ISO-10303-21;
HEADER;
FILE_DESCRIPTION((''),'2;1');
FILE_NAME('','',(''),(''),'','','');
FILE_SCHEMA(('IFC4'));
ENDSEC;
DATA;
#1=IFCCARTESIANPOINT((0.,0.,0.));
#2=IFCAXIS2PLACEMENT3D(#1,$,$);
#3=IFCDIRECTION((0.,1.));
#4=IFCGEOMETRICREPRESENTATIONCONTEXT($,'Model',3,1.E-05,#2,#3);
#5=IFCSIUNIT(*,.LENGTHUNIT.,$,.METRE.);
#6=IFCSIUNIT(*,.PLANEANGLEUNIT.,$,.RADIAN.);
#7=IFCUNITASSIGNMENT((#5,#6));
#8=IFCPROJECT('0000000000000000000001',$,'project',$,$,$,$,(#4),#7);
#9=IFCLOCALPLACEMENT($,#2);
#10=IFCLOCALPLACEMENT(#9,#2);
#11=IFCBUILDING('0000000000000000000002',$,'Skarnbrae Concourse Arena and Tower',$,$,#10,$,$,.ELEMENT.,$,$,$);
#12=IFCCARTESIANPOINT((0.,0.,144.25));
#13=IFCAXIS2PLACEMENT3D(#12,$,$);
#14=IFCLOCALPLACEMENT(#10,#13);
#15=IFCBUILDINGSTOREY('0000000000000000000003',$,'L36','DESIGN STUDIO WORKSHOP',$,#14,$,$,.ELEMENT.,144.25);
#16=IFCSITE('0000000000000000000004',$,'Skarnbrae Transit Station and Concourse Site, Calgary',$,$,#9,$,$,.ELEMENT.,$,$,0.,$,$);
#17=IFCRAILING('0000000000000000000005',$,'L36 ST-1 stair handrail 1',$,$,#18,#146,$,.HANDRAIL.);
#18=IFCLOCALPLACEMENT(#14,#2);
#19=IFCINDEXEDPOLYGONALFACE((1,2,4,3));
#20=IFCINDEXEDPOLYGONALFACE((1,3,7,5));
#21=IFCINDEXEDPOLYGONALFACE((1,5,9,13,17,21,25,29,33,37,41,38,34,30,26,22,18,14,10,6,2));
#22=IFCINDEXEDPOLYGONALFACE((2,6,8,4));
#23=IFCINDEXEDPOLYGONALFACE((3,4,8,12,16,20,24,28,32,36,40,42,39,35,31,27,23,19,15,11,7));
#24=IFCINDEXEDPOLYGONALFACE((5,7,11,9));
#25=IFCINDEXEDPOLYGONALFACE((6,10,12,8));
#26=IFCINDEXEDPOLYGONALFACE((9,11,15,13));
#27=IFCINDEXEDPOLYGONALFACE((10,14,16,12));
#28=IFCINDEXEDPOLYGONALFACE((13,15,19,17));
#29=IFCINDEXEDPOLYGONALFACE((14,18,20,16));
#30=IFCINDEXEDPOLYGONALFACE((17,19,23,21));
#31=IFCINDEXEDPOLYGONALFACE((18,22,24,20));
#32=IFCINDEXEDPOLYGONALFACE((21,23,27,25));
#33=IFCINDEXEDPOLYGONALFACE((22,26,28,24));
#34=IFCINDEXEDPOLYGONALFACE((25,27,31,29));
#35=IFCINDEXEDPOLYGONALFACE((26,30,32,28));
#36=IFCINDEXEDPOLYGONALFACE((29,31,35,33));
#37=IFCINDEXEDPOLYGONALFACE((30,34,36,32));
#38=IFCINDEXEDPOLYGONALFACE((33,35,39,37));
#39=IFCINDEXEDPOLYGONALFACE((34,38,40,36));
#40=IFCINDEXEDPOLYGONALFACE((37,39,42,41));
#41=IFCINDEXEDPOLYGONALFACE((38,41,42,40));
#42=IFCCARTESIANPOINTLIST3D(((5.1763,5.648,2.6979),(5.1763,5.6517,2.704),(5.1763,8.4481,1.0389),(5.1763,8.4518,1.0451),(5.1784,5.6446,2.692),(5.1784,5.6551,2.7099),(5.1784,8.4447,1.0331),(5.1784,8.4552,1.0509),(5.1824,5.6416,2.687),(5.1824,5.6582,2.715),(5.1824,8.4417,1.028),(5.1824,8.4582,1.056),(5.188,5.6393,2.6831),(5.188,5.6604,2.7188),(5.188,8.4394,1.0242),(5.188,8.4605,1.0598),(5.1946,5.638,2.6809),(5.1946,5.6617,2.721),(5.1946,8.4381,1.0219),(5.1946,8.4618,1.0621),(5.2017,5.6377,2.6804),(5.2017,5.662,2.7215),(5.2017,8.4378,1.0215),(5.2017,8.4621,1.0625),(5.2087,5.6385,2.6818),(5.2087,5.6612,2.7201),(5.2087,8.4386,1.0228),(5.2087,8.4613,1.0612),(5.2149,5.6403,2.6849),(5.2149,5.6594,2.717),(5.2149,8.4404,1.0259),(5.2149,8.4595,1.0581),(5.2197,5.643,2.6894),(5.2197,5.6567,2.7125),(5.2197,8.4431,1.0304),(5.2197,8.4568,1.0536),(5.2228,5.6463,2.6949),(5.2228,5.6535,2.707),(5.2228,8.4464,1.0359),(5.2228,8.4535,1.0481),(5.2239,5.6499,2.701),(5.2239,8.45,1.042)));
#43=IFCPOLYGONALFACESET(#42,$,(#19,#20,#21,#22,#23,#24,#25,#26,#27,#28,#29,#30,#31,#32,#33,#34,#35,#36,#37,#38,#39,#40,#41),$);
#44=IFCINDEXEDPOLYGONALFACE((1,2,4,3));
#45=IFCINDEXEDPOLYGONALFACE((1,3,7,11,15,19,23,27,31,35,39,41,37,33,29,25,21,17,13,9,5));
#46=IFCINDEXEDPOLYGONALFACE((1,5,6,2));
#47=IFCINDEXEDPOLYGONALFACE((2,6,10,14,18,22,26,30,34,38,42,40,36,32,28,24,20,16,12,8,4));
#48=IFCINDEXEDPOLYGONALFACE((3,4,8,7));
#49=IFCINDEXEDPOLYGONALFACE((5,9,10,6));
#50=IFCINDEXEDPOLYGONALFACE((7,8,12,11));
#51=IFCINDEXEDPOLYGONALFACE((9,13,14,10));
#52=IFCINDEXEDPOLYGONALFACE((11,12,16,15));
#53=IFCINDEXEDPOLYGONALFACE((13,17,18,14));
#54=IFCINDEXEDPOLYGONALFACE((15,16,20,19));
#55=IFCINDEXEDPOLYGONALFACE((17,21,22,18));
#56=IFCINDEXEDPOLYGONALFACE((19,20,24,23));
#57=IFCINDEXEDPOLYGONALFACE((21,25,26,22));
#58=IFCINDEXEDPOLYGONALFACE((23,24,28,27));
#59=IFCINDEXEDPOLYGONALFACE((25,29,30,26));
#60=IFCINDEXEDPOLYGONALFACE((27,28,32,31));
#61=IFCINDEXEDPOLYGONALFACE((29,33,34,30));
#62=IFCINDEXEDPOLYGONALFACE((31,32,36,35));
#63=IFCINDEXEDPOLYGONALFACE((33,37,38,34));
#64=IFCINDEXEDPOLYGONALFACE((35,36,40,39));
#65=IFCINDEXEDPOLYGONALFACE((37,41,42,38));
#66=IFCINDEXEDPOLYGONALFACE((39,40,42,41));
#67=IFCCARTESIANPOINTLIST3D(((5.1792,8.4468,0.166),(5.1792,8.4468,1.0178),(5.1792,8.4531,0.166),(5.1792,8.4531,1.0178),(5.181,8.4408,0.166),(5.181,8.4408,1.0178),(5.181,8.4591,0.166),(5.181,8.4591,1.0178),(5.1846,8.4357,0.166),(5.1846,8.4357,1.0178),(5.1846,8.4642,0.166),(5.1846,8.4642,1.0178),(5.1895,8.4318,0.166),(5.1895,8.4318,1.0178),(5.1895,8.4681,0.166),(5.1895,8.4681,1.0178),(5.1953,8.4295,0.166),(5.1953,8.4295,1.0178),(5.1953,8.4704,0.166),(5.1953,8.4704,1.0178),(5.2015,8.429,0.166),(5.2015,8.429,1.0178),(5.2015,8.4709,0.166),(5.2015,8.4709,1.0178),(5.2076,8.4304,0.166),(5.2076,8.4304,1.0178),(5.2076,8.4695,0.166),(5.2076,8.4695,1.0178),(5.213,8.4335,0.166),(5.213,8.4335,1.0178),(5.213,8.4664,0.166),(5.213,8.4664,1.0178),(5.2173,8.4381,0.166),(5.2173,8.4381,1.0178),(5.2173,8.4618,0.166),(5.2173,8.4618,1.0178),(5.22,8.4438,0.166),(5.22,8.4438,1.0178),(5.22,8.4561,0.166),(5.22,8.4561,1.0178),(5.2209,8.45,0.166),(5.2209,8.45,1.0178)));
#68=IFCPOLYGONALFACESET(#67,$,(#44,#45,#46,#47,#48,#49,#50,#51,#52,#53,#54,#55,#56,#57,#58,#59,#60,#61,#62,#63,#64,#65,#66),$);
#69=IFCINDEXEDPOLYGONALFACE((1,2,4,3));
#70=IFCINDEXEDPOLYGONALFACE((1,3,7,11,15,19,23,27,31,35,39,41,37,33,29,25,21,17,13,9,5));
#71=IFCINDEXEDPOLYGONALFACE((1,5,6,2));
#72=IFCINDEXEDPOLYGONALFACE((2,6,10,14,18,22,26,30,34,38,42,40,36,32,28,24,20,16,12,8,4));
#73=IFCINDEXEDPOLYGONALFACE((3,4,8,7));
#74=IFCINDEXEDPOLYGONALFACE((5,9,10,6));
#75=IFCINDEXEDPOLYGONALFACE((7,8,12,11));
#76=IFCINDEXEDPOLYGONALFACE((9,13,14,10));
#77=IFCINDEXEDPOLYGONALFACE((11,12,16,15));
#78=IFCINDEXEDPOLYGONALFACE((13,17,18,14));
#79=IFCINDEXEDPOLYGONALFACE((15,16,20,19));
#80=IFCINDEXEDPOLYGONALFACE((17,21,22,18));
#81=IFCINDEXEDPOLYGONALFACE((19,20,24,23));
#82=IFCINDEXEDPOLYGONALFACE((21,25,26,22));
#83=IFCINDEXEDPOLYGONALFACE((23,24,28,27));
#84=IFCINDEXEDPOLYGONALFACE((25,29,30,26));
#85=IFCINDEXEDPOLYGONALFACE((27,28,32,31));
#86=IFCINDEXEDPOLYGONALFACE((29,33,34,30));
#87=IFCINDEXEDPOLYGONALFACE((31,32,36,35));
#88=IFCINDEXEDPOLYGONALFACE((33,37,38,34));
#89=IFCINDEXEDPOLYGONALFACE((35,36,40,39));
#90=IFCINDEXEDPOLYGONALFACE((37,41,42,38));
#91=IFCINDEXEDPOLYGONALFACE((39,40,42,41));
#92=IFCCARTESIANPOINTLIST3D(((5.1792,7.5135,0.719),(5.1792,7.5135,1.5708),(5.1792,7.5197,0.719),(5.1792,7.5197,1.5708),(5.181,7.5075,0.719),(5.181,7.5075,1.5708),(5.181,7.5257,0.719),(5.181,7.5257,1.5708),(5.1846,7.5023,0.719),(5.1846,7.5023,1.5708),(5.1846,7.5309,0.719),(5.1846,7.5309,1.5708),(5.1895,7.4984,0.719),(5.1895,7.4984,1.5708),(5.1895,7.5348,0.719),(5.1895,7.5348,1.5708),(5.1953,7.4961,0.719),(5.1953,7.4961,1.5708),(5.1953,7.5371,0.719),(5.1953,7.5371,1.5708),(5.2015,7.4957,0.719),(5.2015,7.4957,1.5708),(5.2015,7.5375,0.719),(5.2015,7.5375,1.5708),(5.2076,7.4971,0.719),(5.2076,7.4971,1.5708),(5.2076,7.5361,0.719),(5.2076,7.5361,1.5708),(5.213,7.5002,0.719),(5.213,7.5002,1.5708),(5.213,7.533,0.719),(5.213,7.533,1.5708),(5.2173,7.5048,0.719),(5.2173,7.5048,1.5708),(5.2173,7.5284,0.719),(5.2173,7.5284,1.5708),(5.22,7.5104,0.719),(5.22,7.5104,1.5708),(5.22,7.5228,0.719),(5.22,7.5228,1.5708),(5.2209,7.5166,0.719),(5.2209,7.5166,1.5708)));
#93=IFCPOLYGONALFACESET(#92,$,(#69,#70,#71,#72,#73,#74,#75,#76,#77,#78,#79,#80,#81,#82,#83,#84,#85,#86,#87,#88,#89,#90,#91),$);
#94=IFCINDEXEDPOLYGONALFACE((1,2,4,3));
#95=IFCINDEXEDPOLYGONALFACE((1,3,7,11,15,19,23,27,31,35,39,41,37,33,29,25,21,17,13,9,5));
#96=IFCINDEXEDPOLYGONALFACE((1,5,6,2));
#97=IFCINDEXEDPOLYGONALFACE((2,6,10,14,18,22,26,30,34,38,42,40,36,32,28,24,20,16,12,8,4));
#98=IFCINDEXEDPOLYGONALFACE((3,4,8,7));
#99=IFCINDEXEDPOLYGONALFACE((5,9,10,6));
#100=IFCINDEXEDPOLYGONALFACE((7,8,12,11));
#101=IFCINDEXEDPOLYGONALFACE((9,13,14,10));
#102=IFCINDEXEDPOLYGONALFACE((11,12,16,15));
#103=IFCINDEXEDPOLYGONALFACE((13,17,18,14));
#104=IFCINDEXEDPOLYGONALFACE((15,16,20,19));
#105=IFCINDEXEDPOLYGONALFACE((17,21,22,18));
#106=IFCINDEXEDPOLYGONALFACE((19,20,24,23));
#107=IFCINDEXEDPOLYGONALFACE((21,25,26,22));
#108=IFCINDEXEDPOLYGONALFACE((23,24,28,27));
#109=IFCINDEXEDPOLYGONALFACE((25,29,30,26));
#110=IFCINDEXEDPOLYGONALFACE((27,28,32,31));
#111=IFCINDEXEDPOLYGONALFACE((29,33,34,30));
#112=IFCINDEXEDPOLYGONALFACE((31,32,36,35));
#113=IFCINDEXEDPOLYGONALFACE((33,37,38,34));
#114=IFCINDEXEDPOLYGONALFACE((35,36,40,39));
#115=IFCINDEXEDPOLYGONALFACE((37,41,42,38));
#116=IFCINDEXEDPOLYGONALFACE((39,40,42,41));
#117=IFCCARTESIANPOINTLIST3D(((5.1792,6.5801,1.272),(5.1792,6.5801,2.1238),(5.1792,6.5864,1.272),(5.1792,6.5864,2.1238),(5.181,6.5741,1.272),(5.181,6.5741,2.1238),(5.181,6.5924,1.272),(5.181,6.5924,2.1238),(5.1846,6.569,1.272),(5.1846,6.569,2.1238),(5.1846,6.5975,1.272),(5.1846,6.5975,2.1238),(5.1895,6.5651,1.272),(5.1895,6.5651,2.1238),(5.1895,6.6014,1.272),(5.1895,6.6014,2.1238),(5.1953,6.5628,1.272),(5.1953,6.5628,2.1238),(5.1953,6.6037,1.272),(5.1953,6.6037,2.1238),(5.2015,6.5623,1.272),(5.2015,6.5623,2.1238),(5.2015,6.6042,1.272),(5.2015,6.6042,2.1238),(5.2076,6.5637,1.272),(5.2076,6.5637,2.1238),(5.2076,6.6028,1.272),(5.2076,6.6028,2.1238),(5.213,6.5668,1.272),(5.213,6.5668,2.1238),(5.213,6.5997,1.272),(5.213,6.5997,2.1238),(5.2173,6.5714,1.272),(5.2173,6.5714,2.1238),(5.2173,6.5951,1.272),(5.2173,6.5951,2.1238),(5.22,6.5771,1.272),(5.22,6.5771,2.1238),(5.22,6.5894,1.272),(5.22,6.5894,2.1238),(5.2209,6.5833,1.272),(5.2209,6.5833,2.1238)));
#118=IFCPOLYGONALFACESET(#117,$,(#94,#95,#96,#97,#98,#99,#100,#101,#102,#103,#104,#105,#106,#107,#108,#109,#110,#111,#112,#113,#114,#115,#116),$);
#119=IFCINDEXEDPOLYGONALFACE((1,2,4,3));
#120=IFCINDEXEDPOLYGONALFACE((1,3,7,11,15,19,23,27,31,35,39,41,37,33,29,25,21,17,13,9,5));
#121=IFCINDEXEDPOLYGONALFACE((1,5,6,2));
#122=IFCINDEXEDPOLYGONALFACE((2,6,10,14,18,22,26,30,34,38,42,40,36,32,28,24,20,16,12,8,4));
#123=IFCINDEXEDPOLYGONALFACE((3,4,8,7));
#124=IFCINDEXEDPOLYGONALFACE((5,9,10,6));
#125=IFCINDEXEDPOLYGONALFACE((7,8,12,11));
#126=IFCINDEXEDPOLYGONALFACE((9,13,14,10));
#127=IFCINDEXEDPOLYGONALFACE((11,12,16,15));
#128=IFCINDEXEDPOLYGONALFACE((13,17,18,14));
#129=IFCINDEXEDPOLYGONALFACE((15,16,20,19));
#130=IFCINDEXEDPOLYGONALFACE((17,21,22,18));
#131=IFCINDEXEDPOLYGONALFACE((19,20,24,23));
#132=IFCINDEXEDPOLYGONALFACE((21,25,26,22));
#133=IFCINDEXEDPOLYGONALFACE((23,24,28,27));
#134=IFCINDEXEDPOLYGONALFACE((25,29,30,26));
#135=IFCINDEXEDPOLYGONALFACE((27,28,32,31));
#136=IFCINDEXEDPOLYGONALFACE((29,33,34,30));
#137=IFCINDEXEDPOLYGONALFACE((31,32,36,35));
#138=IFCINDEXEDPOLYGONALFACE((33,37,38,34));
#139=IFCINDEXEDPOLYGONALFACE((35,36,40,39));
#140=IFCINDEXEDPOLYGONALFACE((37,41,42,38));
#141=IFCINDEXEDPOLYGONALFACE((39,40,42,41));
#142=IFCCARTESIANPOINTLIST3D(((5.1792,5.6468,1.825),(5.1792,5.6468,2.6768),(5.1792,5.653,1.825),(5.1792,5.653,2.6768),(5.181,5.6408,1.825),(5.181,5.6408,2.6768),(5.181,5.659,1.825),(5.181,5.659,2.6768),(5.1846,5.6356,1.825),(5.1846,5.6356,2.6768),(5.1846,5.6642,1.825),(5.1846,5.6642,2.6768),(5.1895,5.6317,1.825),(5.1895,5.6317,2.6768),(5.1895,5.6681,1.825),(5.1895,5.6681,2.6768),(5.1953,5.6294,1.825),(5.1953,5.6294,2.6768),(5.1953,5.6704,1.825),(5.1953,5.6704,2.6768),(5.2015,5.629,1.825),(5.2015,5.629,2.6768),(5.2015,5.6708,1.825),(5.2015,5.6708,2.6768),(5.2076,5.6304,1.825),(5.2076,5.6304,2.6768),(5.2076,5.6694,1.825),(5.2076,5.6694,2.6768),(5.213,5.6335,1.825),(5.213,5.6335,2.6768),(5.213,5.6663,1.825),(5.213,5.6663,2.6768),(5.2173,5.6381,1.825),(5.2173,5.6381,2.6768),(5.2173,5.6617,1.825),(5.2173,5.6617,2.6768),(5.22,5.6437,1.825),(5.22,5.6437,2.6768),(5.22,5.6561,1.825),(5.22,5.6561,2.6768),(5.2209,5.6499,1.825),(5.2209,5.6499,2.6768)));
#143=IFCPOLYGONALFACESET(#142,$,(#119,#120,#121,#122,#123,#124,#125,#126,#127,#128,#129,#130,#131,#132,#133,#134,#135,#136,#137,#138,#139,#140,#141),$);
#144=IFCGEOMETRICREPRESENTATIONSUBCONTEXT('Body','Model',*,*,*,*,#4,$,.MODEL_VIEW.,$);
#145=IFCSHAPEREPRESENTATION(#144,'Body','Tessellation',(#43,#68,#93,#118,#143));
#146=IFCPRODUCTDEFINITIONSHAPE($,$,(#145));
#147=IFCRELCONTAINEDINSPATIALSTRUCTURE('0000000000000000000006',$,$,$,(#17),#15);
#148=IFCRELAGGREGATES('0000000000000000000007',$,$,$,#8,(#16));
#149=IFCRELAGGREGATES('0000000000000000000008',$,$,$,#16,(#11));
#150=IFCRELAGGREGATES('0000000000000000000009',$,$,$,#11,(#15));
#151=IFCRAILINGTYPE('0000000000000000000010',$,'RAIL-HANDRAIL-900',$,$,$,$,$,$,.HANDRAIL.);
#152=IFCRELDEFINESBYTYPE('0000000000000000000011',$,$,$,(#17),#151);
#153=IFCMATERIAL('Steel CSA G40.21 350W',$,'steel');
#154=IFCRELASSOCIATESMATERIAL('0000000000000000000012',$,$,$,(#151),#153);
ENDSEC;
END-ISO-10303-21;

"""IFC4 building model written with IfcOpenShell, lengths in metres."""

from ifc_helpers import new_model, si_unit, direction, frame, origin, origin_2d, place, context, subcontext, project, spatial, circle, extrude, material, type_object, element, save


model = new_model("IFC4")

# Units and contexts
model_context = context("Model", 3, precision=1e-05, world=origin(), true_north=direction((0.0, 1.0)))
body_context = subcontext(model_context, "Body", "Model", "MODEL_VIEW")
ifc_project = project(units=[si_unit("LENGTHUNIT", "METRE"), si_unit("PLANEANGLEUNIT", "RADIAN")], contexts=[model_context])

# Site, building, storey
site_placement = place(None, origin())
site = spatial("IfcSite", under=ifc_project, at=site_placement, Name="Skarnbrae Transit Station and Concourse Site, Calgary", CompositionType="ELEMENT", RefElevation=0.0)
building_placement = place(site_placement, origin())
building = spatial("IfcBuilding", under=site, at=building_placement, Name="Skarnbrae Concourse Arena and Tower", CompositionType="ELEMENT")
storey_placement = place(building_placement, frame((0.0, 0.0, 144.25)))
storey = spatial("IfcBuildingStorey", under=building, at=storey_placement, Name="L36", Description="DESIGN STUDIO WORKSHOP", CompositionType="ELEMENT", Elevation=144.25)

# Shared definitions
ifc_material_1 = material(Name="Steel CSA G40.21 350W", Category="steel")

# Railing
railing_type_1 = type_object("IfcRailingType", Name="RAIL-HANDRAIL-900", PredefinedType="HANDRAIL", material=ifc_material_1)
railing_1_placement = place(storey_placement, frame((5.2, 8.45, 0.166)))
element("IfcRailing", 1, at=railing_1_placement, inside=storey, type_object=railing_type_1, Name="L36 ST-1 stair handrail 1", PredefinedType="HANDRAIL", context=body_context, shape_type="SweptSolid", body=[
    extrude(circle(Radius=0.0239, at=origin_2d()), frame((0.0, 0.0, 0.876), z_axis=(0.0, -0.860339, 0.509722), x_axis=(1.0, 0.0, 0.0)), (0.0, 0.0, 1.0), 3.2546),
    extrude(circle(Radius=0.021, at=origin_2d()), origin(), (0.0, 0.0, 1.0), 0.8518),
    extrude(circle(Radius=0.021, at=origin_2d()), frame((0.0, -0.9333, 0.553)), (0.0, 0.0, 1.0), 0.8518),
    extrude(circle(Radius=0.021, at=origin_2d()), frame((0.0, -1.8667, 1.106)), (0.0, 0.0, 1.0), 0.8518),
    extrude(circle(Radius=0.021, at=origin_2d()), frame((0.0, -2.8, 1.6589)), (0.0, 0.0, 1.0), 0.8518),
])

save(model, "model.ifc")
